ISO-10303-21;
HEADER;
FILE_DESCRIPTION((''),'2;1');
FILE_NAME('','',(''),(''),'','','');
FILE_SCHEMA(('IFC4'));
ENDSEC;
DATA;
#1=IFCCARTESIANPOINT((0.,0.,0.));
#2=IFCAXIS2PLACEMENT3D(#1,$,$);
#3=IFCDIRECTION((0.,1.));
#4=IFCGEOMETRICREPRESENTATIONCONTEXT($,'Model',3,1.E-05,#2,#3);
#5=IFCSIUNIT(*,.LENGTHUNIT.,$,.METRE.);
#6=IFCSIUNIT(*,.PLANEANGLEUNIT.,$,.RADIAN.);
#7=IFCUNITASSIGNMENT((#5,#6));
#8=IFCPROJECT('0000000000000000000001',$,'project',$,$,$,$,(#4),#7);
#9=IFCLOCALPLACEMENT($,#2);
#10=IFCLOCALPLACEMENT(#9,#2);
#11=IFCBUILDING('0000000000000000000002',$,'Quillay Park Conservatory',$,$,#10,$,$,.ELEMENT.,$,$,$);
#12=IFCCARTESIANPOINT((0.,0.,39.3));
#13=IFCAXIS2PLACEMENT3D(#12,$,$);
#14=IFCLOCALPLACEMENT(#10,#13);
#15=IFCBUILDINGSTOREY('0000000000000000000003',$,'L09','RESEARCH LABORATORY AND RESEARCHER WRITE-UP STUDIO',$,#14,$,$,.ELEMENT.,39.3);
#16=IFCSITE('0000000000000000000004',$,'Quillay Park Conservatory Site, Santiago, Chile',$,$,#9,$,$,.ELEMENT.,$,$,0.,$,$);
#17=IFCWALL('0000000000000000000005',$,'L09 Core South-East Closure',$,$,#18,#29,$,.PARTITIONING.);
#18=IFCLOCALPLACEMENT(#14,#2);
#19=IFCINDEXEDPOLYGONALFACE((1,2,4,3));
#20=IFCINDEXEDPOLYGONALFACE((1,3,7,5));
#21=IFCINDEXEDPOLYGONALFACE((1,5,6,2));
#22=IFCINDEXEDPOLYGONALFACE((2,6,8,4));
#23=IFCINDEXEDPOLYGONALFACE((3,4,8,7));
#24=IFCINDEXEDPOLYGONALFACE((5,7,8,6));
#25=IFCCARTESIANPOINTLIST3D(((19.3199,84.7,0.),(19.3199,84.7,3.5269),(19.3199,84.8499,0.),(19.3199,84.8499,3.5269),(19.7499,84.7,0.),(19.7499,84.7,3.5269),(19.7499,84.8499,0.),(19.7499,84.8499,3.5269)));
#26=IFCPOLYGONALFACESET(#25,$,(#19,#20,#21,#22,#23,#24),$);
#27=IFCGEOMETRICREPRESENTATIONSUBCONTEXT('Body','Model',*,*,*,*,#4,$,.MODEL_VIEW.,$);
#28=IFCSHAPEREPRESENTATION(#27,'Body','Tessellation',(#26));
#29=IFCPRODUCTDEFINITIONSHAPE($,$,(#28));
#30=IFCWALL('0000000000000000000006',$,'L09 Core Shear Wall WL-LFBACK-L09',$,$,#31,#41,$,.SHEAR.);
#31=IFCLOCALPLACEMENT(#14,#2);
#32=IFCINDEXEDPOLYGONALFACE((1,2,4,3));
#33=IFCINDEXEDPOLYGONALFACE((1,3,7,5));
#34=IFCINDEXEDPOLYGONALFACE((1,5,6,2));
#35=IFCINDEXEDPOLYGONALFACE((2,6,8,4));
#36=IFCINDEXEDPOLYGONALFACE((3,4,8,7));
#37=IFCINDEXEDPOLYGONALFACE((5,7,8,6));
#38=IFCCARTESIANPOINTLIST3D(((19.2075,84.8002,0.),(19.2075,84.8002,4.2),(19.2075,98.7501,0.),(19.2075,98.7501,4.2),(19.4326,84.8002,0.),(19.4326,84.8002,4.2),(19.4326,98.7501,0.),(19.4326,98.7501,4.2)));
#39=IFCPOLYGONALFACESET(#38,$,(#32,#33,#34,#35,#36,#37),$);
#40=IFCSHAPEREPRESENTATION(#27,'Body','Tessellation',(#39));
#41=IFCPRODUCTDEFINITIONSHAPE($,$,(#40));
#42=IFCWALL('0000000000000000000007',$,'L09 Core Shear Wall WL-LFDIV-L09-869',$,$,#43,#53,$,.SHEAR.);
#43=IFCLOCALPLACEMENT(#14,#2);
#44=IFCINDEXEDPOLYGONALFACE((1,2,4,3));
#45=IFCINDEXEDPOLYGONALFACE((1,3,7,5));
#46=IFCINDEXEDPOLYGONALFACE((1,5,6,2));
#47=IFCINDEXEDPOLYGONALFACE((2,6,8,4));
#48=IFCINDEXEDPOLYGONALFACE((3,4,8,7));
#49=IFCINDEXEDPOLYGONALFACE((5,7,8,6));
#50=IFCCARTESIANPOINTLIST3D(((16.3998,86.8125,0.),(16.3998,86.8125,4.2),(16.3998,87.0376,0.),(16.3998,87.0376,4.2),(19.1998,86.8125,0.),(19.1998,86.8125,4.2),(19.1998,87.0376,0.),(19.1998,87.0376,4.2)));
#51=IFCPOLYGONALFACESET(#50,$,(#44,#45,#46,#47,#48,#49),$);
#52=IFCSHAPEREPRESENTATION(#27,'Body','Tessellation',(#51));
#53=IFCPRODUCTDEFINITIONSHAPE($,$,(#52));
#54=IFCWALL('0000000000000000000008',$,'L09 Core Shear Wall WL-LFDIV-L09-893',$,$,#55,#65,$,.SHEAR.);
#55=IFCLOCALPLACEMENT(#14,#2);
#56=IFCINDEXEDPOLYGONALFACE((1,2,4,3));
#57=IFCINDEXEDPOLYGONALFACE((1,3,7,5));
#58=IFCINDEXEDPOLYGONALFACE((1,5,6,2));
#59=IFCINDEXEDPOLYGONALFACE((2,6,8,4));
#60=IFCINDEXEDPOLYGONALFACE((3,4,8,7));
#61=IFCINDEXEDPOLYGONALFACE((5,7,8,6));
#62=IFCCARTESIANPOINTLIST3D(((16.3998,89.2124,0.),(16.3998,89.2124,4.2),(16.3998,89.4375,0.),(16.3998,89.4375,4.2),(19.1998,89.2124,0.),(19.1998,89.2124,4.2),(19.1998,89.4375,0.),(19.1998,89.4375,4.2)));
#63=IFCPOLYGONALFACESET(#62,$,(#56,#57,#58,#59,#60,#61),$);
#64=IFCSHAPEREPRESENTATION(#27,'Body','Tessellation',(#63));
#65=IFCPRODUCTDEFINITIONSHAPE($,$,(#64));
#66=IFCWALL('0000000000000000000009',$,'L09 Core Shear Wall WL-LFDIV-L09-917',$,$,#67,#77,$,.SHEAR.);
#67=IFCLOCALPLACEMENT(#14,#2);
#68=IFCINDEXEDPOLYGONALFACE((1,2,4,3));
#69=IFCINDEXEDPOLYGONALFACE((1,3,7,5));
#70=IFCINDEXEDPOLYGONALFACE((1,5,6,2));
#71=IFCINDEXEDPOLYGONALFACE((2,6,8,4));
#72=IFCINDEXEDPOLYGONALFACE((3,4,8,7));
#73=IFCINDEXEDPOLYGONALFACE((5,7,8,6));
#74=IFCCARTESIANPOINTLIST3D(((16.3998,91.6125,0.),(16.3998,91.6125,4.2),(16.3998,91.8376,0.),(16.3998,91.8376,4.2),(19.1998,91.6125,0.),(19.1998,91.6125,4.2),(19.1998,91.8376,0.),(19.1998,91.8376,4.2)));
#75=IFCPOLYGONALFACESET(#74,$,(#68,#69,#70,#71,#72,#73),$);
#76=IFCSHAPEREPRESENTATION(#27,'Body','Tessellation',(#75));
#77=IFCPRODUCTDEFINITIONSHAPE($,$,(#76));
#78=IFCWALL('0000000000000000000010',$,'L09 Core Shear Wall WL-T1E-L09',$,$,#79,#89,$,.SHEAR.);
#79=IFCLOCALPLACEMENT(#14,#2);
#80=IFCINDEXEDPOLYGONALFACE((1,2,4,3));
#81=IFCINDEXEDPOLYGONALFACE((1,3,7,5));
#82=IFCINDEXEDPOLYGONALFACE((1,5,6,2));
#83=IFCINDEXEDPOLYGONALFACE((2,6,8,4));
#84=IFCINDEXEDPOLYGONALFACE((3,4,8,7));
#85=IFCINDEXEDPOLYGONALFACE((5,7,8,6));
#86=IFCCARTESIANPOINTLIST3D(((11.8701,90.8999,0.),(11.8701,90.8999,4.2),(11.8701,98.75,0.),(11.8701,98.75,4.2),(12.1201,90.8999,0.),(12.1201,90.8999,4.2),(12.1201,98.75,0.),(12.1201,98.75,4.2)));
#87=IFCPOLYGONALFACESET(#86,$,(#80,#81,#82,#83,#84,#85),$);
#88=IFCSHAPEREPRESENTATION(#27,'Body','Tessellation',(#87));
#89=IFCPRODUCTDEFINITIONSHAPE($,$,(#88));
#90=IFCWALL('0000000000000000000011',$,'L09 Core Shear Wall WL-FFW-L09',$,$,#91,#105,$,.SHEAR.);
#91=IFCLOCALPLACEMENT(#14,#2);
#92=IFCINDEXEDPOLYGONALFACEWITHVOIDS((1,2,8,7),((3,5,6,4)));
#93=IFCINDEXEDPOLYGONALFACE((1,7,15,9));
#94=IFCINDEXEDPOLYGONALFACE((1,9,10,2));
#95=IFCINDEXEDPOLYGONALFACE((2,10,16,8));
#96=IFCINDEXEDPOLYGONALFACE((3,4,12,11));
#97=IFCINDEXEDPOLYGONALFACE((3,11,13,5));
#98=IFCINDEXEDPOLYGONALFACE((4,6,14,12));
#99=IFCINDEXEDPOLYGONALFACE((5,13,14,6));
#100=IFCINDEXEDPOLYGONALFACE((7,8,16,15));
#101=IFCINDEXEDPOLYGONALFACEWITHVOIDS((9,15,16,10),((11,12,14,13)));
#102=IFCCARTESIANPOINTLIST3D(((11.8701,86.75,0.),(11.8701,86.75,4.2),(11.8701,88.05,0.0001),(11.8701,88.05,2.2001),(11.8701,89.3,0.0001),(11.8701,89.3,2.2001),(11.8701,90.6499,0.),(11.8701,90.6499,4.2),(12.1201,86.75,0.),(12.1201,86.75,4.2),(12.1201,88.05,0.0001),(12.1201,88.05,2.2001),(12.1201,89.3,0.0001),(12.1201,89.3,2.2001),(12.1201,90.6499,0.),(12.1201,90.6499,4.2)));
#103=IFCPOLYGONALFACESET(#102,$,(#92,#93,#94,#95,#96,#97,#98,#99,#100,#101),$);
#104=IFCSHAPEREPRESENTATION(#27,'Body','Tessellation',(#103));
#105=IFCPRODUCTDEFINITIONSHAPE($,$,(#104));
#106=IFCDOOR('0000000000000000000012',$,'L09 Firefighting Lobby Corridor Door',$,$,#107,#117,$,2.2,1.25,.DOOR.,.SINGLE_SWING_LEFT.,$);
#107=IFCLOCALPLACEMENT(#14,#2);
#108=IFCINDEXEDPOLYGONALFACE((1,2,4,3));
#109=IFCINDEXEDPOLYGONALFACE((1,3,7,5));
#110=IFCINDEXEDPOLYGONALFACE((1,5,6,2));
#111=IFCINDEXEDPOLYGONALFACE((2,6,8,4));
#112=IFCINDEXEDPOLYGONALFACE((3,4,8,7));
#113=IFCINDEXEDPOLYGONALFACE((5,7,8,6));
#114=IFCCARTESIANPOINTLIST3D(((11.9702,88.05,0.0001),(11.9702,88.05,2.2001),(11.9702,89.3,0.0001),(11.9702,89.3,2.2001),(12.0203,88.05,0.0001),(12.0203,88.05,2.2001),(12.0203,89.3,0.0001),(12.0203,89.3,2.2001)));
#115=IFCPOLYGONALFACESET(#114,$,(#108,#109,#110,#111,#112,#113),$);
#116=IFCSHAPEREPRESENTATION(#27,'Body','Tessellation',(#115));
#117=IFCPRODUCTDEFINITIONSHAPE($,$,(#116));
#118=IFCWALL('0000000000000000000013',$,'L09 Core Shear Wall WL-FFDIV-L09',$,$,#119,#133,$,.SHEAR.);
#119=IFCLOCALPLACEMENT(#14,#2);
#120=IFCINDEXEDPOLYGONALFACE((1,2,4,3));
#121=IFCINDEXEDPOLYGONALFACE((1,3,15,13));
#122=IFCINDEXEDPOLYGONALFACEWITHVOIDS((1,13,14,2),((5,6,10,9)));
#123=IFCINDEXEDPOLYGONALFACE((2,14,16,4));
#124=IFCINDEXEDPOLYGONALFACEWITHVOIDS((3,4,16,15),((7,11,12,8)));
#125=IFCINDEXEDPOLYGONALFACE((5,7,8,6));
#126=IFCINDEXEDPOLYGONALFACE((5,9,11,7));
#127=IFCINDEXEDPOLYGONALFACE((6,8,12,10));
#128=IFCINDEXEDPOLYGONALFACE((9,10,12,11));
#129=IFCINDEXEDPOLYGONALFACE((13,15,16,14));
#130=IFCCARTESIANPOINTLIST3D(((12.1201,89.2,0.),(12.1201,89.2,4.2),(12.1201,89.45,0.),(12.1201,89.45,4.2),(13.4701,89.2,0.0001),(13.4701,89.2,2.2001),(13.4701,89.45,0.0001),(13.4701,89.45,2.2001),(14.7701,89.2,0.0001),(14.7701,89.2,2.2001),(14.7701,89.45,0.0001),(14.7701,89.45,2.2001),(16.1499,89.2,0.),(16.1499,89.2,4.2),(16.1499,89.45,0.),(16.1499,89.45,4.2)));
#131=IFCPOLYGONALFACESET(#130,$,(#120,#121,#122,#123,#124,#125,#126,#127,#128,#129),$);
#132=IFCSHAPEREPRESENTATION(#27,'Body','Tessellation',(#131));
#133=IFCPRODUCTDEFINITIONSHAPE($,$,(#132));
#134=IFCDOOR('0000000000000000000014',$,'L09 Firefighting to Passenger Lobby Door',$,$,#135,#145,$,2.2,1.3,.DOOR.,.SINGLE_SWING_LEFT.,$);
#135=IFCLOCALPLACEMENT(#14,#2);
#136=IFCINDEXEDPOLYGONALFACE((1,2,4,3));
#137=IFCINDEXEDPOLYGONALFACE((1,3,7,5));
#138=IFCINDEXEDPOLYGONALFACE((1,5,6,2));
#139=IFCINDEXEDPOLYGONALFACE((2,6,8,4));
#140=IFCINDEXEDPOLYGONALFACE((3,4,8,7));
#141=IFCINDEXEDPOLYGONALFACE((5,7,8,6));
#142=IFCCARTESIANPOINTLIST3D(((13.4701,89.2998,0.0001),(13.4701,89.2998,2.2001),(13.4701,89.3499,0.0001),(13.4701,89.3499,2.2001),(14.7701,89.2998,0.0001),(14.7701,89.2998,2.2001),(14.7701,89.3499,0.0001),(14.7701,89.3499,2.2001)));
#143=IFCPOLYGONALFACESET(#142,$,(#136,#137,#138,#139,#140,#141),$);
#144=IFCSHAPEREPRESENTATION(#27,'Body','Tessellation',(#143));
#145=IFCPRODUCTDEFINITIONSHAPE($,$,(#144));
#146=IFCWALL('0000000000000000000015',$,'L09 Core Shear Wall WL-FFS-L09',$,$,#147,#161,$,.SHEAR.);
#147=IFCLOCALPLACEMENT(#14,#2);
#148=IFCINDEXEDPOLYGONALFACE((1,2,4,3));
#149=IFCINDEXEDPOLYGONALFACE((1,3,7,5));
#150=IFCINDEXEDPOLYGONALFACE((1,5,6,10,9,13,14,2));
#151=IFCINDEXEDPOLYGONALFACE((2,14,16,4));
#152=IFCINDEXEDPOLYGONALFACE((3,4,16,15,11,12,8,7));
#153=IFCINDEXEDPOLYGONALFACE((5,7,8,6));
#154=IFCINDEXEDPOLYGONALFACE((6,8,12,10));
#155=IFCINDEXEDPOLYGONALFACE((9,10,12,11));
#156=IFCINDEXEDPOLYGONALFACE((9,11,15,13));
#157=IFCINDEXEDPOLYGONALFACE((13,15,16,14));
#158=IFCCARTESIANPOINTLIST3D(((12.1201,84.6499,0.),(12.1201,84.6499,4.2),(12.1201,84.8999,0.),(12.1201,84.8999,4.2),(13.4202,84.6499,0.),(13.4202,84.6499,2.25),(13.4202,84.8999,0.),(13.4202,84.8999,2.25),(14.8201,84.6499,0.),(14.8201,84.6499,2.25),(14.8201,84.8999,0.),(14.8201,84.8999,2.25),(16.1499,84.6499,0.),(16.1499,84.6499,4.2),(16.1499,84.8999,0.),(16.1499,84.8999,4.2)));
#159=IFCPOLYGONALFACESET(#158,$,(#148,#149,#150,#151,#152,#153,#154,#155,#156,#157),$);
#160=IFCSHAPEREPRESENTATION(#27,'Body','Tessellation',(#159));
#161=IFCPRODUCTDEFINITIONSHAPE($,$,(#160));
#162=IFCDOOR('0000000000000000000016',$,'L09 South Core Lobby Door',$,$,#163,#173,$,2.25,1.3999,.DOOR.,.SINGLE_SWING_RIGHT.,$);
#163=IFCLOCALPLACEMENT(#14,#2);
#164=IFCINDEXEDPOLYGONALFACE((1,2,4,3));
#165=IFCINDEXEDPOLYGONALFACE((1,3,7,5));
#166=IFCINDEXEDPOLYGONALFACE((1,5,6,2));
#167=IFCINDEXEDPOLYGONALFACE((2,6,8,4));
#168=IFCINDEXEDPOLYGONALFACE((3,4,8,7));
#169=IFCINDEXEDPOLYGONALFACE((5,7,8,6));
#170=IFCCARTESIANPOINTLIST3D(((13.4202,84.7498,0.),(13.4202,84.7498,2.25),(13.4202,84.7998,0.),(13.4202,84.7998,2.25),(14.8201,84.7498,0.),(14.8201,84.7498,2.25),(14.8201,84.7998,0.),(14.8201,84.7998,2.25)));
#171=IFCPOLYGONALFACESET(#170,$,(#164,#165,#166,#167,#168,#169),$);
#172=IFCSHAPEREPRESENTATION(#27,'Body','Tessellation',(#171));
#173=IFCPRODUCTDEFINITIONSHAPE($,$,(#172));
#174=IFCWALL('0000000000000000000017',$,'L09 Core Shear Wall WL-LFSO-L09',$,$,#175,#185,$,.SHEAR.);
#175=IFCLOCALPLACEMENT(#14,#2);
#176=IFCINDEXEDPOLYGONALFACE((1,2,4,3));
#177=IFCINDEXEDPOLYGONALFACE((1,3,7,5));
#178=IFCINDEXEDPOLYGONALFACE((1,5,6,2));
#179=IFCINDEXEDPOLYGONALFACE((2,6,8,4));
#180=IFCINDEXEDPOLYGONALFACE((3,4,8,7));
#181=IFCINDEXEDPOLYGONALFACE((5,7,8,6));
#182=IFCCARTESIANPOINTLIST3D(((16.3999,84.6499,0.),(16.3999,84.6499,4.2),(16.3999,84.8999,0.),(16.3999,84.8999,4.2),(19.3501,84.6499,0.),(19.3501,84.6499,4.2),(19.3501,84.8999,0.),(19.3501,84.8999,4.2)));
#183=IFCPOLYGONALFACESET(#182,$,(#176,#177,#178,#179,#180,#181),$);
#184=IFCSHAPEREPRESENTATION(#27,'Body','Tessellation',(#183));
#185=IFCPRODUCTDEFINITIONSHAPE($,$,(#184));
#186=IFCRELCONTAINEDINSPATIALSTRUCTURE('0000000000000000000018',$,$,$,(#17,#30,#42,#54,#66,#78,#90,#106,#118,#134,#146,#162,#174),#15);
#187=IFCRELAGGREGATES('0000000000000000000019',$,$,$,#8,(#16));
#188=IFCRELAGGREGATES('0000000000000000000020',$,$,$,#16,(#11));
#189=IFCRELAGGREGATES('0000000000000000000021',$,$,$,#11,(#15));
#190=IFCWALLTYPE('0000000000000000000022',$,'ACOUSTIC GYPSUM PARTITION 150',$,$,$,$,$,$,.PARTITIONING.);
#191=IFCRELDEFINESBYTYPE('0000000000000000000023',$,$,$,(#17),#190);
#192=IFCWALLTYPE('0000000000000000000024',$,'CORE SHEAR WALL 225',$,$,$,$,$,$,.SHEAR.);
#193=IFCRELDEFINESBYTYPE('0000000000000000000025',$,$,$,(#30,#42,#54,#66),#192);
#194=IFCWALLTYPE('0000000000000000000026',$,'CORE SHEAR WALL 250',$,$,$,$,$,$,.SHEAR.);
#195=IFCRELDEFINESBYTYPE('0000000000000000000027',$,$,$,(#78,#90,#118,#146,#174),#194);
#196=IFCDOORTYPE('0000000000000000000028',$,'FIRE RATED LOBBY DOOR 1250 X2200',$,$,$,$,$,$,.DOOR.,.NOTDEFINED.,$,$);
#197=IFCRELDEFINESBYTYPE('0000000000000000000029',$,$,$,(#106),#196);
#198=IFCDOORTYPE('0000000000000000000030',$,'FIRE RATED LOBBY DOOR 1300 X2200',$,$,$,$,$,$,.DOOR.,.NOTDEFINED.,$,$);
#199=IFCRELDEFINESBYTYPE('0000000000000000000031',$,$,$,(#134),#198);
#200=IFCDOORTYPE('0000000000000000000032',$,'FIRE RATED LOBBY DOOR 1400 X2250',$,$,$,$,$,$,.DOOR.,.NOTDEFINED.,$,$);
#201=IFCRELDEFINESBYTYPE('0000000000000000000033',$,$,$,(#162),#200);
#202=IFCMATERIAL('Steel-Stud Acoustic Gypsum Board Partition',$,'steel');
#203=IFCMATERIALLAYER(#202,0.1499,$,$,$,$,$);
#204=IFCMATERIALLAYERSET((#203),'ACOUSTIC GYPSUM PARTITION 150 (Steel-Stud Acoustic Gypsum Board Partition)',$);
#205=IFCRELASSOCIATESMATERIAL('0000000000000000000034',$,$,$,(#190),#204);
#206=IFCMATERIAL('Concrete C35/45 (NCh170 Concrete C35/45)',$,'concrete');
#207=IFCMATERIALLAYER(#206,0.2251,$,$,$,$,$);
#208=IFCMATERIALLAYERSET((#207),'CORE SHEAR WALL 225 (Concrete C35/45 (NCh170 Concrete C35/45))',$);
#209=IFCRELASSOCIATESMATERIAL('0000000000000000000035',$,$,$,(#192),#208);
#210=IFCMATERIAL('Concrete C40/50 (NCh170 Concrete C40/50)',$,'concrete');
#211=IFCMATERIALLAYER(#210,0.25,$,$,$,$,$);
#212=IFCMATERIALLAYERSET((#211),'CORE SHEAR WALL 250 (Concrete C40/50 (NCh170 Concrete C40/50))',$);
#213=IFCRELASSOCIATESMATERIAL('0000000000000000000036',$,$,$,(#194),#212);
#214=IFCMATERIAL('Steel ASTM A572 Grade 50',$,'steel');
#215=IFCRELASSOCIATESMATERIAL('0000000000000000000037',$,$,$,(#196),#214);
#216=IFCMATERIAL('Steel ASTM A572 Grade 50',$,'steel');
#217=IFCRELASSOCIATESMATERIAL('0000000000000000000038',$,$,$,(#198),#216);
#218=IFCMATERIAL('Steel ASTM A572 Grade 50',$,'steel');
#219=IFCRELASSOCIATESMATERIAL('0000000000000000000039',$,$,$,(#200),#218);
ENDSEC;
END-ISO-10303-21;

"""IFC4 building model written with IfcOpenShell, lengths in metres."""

from ifc_helpers import new_model, si_unit, direction, frame, frame_2d, origin, place, context, subcontext, project, spatial, rectangle, extrude, material, layer, layer_set, type_object, element, fill, save


model = new_model("IFC4")

# Units and contexts
model_context = context("Model", 3, precision=1e-05, world=origin(), true_north=direction((0.0, 1.0)))
body_context = subcontext(model_context, "Body", "Model", "MODEL_VIEW")
ifc_project = project(units=[si_unit("LENGTHUNIT", "METRE"), si_unit("PLANEANGLEUNIT", "RADIAN")], contexts=[model_context])

# Site, building, storey
site_placement = place(None, origin())
site = spatial("IfcSite", under=ifc_project, at=site_placement, Name="Quillay Park Conservatory Site, Santiago, Chile", CompositionType="ELEMENT", RefElevation=0.0)
building_placement = place(site_placement, origin())
building = spatial("IfcBuilding", under=site, at=building_placement, Name="Quillay Park Conservatory", CompositionType="ELEMENT")
storey_placement = place(building_placement, frame((0.0, 0.0, 39.3)))
storey = spatial("IfcBuildingStorey", under=building, at=storey_placement, Name="L09", Description="RESEARCH LABORATORY AND RESEARCHER WRITE-UP STUDIO", CompositionType="ELEMENT", Elevation=39.3)

# Walls
ifc_material_1 = material(Name="Steel-Stud Acoustic Gypsum Board Partition", Category="steel")
ifc_layer_1 = layer(ifc_material_1, 0.1499)
ifc_layer_set_1 = layer_set([ifc_layer_1], Name="ACOUSTIC GYPSUM PARTITION 150 (Steel-Stud Acoustic Gypsum Board Partition)")
wall_type_1 = type_object("IfcWallType", Name="ACOUSTIC GYPSUM PARTITION 150", PredefinedType="PARTITIONING", material=ifc_layer_set_1)
wall_1_placement = place(storey_placement, frame((19.3201, 84.7749, 0.0), z_axis=(0.0, 0.0, 1.0), x_axis=(1.0, 0.0, 0.0)))
element("IfcWall", 1, at=wall_1_placement, inside=storey, type_object=wall_type_1, Name="L09 Core South-East Closure", PredefinedType="PARTITIONING", context=body_context, shape_type="SweptSolid", body=[
    extrude(rectangle(XDim=0.4299, YDim=0.1499, at=frame_2d((0.2148, 0.0))), origin(), (0.0, 0.0, 1.0), 3.5269),
])
ifc_material_2 = material(Name="Concrete C35/45 (NCh170 Concrete C35/45)", Category="concrete")
ifc_layer_2 = layer(ifc_material_2, 0.2251)
ifc_layer_set_2 = layer_set([ifc_layer_2], Name="CORE SHEAR WALL 225 (Concrete C35/45 (NCh170 Concrete C35/45))")
wall_type_2 = type_object("IfcWallType", Name="CORE SHEAR WALL 225", PredefinedType="SHEAR", material=ifc_layer_set_2)
wall_2_placement = place(storey_placement, frame((19.3201, 84.8, 0.0), z_axis=(0.0, 0.0, 1.0), x_axis=(0.0, 1.0, 0.0)))
element("IfcWall", 2, at=wall_2_placement, inside=storey, type_object=wall_type_2, Name="L09 Core Shear Wall WL-LFBACK-L09", PredefinedType="SHEAR", context=body_context, shape_type="SweptSolid", body=[
    extrude(rectangle(XDim=13.95, YDim=0.2251, at=frame_2d((6.9751, 0.0))), origin(), (0.0, 0.0, 1.0), 4.2),
])
for number, where, z_axis, x_axis, name in (
    (3, (16.3999, 86.925, 0.0), (0.0, 0.0, 1.0), (1.0, 0.0, 0.0), "L09 Core Shear Wall WL-LFDIV-L09-869"),
    (4, (16.3999, 89.325, 0.0), (0.0, 0.0, 1.0), (1.0, 0.0, 0.0), "L09 Core Shear Wall WL-LFDIV-L09-893"),
    (5, (16.3999, 91.7251, 0.0), (0.0, 0.0, 1.0), (1.0, 0.0, 0.0), "L09 Core Shear Wall WL-LFDIV-L09-917"),
):
    element("IfcWall", number, at=place(storey_placement, frame(where, z_axis=z_axis, x_axis=x_axis)), inside=storey, type_object=wall_type_2, Name=name, PredefinedType="SHEAR", context=body_context, shape_type="SweptSolid", body=[
        extrude(rectangle(XDim=2.8, YDim=0.2251, at=frame_2d((1.3999, 0.0))), origin(), (0.0, 0.0, 1.0), 4.2),
    ])
ifc_material_3 = material(Name="Concrete C40/50 (NCh170 Concrete C40/50)", Category="concrete")
ifc_layer_3 = layer(ifc_material_3, 0.25)
ifc_layer_set_3 = layer_set([ifc_layer_3], Name="CORE SHEAR WALL 250 (Concrete C40/50 (NCh170 Concrete C40/50))")
wall_type_3 = type_object("IfcWallType", Name="CORE SHEAR WALL 250", PredefinedType="SHEAR", material=ifc_layer_set_3)
wall_3_placement = place(storey_placement, frame((11.9951, 90.8999, 0.0), z_axis=(0.0, 0.0, 1.0), x_axis=(0.0, 1.0, 0.0)))
element("IfcWall", 6, at=wall_3_placement, inside=storey, type_object=wall_type_3, Name="L09 Core Shear Wall WL-T1E-L09", PredefinedType="SHEAR", context=body_context, shape_type="SweptSolid", body=[
    extrude(rectangle(XDim=7.8501, YDim=0.25, at=frame_2d((3.925, 0.0))), origin(), (0.0, 0.0, 1.0), 4.2),
])

# Walls, openings, doors
wall_4_placement = place(storey_placement, frame((11.9951, 86.75, 0.0), z_axis=(0.0, 0.0, 1.0), x_axis=(0.0, 1.0, 0.0)))
wall_4 = element("IfcWall", 7, at=wall_4_placement, inside=storey, type_object=wall_type_3, Name="L09 Core Shear Wall WL-FFW-L09", PredefinedType="SHEAR", context=body_context, shape_type="SweptSolid", body=[
    extrude(rectangle(XDim=3.8999, YDim=0.25, at=frame_2d((1.95, 0.0))), origin(), (0.0, 0.0, 1.0), 4.2),
])
opening_1_placement = place(wall_4_placement, frame((1.3, 0.0, 0.0)))
opening_1 = element("IfcOpeningElement", 8, at=opening_1_placement, cuts=wall_4, PredefinedType="OPENING", context=body_context, shape_type="SweptSolid", body=[
    extrude(rectangle(XDim=1.25, YDim=2.2, at=frame_2d((0.625, 1.1001))), frame((0.0, 0.125, 0.0), z_axis=(0.0, -1.0, 0.0), x_axis=(1.0, 0.0, 0.0)), (0.0, 0.0, 1.0), 0.25),
])
ifc_material_4 = material(Name="Steel ASTM A572 Grade 50", Category="steel")
door_type_1 = type_object("IfcDoorType", Name="FIRE RATED LOBBY DOOR 1250 X2200", OperationType="NOTDEFINED", PredefinedType="DOOR", material=ifc_material_4)
door_1_placement = place(opening_1_placement, origin())
door_1 = element("IfcDoor", 9, at=door_1_placement, inside=storey, type_object=door_type_1, Name="L09 Firefighting Lobby Corridor Door", OperationType="SINGLE_SWING_LEFT", OverallHeight=2.2, OverallWidth=1.25, PredefinedType="DOOR", context=body_context, shape_type="SweptSolid", body=[
    extrude(rectangle(XDim=1.25, YDim=2.2, at=frame_2d((0.625, 1.1001))), frame((0.0, 0.0249, 0.0), z_axis=(0.0, -1.0, 0.0), x_axis=(1.0, 0.0, 0.0)), (0.0, 0.0, 1.0), 0.05),
])
fill(opening_1, door_1)
wall_5_placement = place(storey_placement, frame((12.1201, 89.325, 0.0), z_axis=(0.0, 0.0, 1.0), x_axis=(1.0, 0.0, 0.0)))
wall_5 = element("IfcWall", 10, at=wall_5_placement, inside=storey, type_object=wall_type_3, Name="L09 Core Shear Wall WL-FFDIV-L09", PredefinedType="SHEAR", context=body_context, shape_type="SweptSolid", body=[
    extrude(rectangle(XDim=4.0298, YDim=0.25, at=frame_2d((2.0149, 0.0))), origin(), (0.0, 0.0, 1.0), 4.2),
])
opening_2_placement = place(wall_5_placement, frame((1.3501, 0.0, 0.0)))
opening_2 = element("IfcOpeningElement", 11, at=opening_2_placement, cuts=wall_5, PredefinedType="OPENING", context=body_context, shape_type="SweptSolid", body=[
    extrude(rectangle(XDim=1.3, YDim=2.2, at=frame_2d((0.6499, 1.1001))), frame((0.0, 0.125, 0.0), z_axis=(0.0, -1.0, 0.0), x_axis=(1.0, 0.0, 0.0)), (0.0, 0.0, 1.0), 0.25),
])
ifc_material_5 = material(Name="Steel ASTM A572 Grade 50", Category="steel")
door_type_2 = type_object("IfcDoorType", Name="FIRE RATED LOBBY DOOR 1300 X2200", OperationType="NOTDEFINED", PredefinedType="DOOR", material=ifc_material_5)
door_2_placement = place(opening_2_placement, origin())
door_2 = element("IfcDoor", 12, at=door_2_placement, inside=storey, type_object=door_type_2, Name="L09 Firefighting to Passenger Lobby Door", OperationType="SINGLE_SWING_LEFT", OverallHeight=2.2, OverallWidth=1.3, PredefinedType="DOOR", context=body_context, shape_type="SweptSolid", body=[
    extrude(rectangle(XDim=1.3, YDim=2.2, at=frame_2d((0.6499, 1.1001))), frame((0.0, 0.0249, 0.0), z_axis=(0.0, -1.0, 0.0), x_axis=(1.0, 0.0, 0.0)), (0.0, 0.0, 1.0), 0.05),
])
fill(opening_2, door_2)
wall_6_placement = place(storey_placement, frame((12.1201, 84.7749, 0.0), z_axis=(0.0, 0.0, 1.0), x_axis=(1.0, 0.0, 0.0)))
wall_6 = element("IfcWall", 13, at=wall_6_placement, inside=storey, type_object=wall_type_3, Name="L09 Core Shear Wall WL-FFS-L09", PredefinedType="SHEAR", context=body_context, shape_type="SweptSolid", body=[
    extrude(rectangle(XDim=4.0298, YDim=0.25, at=frame_2d((2.0149, 0.0))), origin(), (0.0, 0.0, 1.0), 4.2),
])
opening_3_placement = place(wall_6_placement, frame((1.3, 0.0, 0.0)))
opening_3 = element("IfcOpeningElement", 14, at=opening_3_placement, cuts=wall_6, PredefinedType="OPENING", context=body_context, shape_type="SweptSolid", body=[
    extrude(rectangle(XDim=1.3999, YDim=2.25, at=frame_2d((0.7, 1.125))), frame((0.0, 0.125, 0.0), z_axis=(0.0, -1.0, 0.0), x_axis=(1.0, 0.0, 0.0)), (0.0, 0.0, 1.0), 0.25),
])
ifc_material_6 = material(Name="Steel ASTM A572 Grade 50", Category="steel")
door_type_3 = type_object("IfcDoorType", Name="FIRE RATED LOBBY DOOR 1400 X2250", OperationType="NOTDEFINED", PredefinedType="DOOR", material=ifc_material_6)
door_3_placement = place(opening_3_placement, origin())
door_3 = element("IfcDoor", 15, at=door_3_placement, inside=storey, type_object=door_type_3, Name="L09 South Core Lobby Door", OperationType="SINGLE_SWING_RIGHT", OverallHeight=2.25, OverallWidth=1.3999, PredefinedType="DOOR", context=body_context, shape_type="SweptSolid", body=[
    extrude(rectangle(XDim=1.3999, YDim=2.25, at=frame_2d((0.7, 1.125))), frame((0.0, 0.0249, 0.0), z_axis=(0.0, -1.0, 0.0), x_axis=(1.0, 0.0, 0.0)), (0.0, 0.0, 1.0), 0.05),
])
fill(opening_3, door_3)

# Wall
wall_7_placement = place(storey_placement, frame((16.3999, 84.7749, 0.0), z_axis=(0.0, 0.0, 1.0), x_axis=(1.0, 0.0, 0.0)))
element("IfcWall", 16, at=wall_7_placement, inside=storey, type_object=wall_type_3, Name="L09 Core Shear Wall WL-LFSO-L09", PredefinedType="SHEAR", context=body_context, shape_type="SweptSolid", body=[
    extrude(rectangle(XDim=2.9502, YDim=0.25, at=frame_2d((1.4751, 0.0))), origin(), (0.0, 0.0, 1.0), 4.2),
])

save(model, "model.ifc")
